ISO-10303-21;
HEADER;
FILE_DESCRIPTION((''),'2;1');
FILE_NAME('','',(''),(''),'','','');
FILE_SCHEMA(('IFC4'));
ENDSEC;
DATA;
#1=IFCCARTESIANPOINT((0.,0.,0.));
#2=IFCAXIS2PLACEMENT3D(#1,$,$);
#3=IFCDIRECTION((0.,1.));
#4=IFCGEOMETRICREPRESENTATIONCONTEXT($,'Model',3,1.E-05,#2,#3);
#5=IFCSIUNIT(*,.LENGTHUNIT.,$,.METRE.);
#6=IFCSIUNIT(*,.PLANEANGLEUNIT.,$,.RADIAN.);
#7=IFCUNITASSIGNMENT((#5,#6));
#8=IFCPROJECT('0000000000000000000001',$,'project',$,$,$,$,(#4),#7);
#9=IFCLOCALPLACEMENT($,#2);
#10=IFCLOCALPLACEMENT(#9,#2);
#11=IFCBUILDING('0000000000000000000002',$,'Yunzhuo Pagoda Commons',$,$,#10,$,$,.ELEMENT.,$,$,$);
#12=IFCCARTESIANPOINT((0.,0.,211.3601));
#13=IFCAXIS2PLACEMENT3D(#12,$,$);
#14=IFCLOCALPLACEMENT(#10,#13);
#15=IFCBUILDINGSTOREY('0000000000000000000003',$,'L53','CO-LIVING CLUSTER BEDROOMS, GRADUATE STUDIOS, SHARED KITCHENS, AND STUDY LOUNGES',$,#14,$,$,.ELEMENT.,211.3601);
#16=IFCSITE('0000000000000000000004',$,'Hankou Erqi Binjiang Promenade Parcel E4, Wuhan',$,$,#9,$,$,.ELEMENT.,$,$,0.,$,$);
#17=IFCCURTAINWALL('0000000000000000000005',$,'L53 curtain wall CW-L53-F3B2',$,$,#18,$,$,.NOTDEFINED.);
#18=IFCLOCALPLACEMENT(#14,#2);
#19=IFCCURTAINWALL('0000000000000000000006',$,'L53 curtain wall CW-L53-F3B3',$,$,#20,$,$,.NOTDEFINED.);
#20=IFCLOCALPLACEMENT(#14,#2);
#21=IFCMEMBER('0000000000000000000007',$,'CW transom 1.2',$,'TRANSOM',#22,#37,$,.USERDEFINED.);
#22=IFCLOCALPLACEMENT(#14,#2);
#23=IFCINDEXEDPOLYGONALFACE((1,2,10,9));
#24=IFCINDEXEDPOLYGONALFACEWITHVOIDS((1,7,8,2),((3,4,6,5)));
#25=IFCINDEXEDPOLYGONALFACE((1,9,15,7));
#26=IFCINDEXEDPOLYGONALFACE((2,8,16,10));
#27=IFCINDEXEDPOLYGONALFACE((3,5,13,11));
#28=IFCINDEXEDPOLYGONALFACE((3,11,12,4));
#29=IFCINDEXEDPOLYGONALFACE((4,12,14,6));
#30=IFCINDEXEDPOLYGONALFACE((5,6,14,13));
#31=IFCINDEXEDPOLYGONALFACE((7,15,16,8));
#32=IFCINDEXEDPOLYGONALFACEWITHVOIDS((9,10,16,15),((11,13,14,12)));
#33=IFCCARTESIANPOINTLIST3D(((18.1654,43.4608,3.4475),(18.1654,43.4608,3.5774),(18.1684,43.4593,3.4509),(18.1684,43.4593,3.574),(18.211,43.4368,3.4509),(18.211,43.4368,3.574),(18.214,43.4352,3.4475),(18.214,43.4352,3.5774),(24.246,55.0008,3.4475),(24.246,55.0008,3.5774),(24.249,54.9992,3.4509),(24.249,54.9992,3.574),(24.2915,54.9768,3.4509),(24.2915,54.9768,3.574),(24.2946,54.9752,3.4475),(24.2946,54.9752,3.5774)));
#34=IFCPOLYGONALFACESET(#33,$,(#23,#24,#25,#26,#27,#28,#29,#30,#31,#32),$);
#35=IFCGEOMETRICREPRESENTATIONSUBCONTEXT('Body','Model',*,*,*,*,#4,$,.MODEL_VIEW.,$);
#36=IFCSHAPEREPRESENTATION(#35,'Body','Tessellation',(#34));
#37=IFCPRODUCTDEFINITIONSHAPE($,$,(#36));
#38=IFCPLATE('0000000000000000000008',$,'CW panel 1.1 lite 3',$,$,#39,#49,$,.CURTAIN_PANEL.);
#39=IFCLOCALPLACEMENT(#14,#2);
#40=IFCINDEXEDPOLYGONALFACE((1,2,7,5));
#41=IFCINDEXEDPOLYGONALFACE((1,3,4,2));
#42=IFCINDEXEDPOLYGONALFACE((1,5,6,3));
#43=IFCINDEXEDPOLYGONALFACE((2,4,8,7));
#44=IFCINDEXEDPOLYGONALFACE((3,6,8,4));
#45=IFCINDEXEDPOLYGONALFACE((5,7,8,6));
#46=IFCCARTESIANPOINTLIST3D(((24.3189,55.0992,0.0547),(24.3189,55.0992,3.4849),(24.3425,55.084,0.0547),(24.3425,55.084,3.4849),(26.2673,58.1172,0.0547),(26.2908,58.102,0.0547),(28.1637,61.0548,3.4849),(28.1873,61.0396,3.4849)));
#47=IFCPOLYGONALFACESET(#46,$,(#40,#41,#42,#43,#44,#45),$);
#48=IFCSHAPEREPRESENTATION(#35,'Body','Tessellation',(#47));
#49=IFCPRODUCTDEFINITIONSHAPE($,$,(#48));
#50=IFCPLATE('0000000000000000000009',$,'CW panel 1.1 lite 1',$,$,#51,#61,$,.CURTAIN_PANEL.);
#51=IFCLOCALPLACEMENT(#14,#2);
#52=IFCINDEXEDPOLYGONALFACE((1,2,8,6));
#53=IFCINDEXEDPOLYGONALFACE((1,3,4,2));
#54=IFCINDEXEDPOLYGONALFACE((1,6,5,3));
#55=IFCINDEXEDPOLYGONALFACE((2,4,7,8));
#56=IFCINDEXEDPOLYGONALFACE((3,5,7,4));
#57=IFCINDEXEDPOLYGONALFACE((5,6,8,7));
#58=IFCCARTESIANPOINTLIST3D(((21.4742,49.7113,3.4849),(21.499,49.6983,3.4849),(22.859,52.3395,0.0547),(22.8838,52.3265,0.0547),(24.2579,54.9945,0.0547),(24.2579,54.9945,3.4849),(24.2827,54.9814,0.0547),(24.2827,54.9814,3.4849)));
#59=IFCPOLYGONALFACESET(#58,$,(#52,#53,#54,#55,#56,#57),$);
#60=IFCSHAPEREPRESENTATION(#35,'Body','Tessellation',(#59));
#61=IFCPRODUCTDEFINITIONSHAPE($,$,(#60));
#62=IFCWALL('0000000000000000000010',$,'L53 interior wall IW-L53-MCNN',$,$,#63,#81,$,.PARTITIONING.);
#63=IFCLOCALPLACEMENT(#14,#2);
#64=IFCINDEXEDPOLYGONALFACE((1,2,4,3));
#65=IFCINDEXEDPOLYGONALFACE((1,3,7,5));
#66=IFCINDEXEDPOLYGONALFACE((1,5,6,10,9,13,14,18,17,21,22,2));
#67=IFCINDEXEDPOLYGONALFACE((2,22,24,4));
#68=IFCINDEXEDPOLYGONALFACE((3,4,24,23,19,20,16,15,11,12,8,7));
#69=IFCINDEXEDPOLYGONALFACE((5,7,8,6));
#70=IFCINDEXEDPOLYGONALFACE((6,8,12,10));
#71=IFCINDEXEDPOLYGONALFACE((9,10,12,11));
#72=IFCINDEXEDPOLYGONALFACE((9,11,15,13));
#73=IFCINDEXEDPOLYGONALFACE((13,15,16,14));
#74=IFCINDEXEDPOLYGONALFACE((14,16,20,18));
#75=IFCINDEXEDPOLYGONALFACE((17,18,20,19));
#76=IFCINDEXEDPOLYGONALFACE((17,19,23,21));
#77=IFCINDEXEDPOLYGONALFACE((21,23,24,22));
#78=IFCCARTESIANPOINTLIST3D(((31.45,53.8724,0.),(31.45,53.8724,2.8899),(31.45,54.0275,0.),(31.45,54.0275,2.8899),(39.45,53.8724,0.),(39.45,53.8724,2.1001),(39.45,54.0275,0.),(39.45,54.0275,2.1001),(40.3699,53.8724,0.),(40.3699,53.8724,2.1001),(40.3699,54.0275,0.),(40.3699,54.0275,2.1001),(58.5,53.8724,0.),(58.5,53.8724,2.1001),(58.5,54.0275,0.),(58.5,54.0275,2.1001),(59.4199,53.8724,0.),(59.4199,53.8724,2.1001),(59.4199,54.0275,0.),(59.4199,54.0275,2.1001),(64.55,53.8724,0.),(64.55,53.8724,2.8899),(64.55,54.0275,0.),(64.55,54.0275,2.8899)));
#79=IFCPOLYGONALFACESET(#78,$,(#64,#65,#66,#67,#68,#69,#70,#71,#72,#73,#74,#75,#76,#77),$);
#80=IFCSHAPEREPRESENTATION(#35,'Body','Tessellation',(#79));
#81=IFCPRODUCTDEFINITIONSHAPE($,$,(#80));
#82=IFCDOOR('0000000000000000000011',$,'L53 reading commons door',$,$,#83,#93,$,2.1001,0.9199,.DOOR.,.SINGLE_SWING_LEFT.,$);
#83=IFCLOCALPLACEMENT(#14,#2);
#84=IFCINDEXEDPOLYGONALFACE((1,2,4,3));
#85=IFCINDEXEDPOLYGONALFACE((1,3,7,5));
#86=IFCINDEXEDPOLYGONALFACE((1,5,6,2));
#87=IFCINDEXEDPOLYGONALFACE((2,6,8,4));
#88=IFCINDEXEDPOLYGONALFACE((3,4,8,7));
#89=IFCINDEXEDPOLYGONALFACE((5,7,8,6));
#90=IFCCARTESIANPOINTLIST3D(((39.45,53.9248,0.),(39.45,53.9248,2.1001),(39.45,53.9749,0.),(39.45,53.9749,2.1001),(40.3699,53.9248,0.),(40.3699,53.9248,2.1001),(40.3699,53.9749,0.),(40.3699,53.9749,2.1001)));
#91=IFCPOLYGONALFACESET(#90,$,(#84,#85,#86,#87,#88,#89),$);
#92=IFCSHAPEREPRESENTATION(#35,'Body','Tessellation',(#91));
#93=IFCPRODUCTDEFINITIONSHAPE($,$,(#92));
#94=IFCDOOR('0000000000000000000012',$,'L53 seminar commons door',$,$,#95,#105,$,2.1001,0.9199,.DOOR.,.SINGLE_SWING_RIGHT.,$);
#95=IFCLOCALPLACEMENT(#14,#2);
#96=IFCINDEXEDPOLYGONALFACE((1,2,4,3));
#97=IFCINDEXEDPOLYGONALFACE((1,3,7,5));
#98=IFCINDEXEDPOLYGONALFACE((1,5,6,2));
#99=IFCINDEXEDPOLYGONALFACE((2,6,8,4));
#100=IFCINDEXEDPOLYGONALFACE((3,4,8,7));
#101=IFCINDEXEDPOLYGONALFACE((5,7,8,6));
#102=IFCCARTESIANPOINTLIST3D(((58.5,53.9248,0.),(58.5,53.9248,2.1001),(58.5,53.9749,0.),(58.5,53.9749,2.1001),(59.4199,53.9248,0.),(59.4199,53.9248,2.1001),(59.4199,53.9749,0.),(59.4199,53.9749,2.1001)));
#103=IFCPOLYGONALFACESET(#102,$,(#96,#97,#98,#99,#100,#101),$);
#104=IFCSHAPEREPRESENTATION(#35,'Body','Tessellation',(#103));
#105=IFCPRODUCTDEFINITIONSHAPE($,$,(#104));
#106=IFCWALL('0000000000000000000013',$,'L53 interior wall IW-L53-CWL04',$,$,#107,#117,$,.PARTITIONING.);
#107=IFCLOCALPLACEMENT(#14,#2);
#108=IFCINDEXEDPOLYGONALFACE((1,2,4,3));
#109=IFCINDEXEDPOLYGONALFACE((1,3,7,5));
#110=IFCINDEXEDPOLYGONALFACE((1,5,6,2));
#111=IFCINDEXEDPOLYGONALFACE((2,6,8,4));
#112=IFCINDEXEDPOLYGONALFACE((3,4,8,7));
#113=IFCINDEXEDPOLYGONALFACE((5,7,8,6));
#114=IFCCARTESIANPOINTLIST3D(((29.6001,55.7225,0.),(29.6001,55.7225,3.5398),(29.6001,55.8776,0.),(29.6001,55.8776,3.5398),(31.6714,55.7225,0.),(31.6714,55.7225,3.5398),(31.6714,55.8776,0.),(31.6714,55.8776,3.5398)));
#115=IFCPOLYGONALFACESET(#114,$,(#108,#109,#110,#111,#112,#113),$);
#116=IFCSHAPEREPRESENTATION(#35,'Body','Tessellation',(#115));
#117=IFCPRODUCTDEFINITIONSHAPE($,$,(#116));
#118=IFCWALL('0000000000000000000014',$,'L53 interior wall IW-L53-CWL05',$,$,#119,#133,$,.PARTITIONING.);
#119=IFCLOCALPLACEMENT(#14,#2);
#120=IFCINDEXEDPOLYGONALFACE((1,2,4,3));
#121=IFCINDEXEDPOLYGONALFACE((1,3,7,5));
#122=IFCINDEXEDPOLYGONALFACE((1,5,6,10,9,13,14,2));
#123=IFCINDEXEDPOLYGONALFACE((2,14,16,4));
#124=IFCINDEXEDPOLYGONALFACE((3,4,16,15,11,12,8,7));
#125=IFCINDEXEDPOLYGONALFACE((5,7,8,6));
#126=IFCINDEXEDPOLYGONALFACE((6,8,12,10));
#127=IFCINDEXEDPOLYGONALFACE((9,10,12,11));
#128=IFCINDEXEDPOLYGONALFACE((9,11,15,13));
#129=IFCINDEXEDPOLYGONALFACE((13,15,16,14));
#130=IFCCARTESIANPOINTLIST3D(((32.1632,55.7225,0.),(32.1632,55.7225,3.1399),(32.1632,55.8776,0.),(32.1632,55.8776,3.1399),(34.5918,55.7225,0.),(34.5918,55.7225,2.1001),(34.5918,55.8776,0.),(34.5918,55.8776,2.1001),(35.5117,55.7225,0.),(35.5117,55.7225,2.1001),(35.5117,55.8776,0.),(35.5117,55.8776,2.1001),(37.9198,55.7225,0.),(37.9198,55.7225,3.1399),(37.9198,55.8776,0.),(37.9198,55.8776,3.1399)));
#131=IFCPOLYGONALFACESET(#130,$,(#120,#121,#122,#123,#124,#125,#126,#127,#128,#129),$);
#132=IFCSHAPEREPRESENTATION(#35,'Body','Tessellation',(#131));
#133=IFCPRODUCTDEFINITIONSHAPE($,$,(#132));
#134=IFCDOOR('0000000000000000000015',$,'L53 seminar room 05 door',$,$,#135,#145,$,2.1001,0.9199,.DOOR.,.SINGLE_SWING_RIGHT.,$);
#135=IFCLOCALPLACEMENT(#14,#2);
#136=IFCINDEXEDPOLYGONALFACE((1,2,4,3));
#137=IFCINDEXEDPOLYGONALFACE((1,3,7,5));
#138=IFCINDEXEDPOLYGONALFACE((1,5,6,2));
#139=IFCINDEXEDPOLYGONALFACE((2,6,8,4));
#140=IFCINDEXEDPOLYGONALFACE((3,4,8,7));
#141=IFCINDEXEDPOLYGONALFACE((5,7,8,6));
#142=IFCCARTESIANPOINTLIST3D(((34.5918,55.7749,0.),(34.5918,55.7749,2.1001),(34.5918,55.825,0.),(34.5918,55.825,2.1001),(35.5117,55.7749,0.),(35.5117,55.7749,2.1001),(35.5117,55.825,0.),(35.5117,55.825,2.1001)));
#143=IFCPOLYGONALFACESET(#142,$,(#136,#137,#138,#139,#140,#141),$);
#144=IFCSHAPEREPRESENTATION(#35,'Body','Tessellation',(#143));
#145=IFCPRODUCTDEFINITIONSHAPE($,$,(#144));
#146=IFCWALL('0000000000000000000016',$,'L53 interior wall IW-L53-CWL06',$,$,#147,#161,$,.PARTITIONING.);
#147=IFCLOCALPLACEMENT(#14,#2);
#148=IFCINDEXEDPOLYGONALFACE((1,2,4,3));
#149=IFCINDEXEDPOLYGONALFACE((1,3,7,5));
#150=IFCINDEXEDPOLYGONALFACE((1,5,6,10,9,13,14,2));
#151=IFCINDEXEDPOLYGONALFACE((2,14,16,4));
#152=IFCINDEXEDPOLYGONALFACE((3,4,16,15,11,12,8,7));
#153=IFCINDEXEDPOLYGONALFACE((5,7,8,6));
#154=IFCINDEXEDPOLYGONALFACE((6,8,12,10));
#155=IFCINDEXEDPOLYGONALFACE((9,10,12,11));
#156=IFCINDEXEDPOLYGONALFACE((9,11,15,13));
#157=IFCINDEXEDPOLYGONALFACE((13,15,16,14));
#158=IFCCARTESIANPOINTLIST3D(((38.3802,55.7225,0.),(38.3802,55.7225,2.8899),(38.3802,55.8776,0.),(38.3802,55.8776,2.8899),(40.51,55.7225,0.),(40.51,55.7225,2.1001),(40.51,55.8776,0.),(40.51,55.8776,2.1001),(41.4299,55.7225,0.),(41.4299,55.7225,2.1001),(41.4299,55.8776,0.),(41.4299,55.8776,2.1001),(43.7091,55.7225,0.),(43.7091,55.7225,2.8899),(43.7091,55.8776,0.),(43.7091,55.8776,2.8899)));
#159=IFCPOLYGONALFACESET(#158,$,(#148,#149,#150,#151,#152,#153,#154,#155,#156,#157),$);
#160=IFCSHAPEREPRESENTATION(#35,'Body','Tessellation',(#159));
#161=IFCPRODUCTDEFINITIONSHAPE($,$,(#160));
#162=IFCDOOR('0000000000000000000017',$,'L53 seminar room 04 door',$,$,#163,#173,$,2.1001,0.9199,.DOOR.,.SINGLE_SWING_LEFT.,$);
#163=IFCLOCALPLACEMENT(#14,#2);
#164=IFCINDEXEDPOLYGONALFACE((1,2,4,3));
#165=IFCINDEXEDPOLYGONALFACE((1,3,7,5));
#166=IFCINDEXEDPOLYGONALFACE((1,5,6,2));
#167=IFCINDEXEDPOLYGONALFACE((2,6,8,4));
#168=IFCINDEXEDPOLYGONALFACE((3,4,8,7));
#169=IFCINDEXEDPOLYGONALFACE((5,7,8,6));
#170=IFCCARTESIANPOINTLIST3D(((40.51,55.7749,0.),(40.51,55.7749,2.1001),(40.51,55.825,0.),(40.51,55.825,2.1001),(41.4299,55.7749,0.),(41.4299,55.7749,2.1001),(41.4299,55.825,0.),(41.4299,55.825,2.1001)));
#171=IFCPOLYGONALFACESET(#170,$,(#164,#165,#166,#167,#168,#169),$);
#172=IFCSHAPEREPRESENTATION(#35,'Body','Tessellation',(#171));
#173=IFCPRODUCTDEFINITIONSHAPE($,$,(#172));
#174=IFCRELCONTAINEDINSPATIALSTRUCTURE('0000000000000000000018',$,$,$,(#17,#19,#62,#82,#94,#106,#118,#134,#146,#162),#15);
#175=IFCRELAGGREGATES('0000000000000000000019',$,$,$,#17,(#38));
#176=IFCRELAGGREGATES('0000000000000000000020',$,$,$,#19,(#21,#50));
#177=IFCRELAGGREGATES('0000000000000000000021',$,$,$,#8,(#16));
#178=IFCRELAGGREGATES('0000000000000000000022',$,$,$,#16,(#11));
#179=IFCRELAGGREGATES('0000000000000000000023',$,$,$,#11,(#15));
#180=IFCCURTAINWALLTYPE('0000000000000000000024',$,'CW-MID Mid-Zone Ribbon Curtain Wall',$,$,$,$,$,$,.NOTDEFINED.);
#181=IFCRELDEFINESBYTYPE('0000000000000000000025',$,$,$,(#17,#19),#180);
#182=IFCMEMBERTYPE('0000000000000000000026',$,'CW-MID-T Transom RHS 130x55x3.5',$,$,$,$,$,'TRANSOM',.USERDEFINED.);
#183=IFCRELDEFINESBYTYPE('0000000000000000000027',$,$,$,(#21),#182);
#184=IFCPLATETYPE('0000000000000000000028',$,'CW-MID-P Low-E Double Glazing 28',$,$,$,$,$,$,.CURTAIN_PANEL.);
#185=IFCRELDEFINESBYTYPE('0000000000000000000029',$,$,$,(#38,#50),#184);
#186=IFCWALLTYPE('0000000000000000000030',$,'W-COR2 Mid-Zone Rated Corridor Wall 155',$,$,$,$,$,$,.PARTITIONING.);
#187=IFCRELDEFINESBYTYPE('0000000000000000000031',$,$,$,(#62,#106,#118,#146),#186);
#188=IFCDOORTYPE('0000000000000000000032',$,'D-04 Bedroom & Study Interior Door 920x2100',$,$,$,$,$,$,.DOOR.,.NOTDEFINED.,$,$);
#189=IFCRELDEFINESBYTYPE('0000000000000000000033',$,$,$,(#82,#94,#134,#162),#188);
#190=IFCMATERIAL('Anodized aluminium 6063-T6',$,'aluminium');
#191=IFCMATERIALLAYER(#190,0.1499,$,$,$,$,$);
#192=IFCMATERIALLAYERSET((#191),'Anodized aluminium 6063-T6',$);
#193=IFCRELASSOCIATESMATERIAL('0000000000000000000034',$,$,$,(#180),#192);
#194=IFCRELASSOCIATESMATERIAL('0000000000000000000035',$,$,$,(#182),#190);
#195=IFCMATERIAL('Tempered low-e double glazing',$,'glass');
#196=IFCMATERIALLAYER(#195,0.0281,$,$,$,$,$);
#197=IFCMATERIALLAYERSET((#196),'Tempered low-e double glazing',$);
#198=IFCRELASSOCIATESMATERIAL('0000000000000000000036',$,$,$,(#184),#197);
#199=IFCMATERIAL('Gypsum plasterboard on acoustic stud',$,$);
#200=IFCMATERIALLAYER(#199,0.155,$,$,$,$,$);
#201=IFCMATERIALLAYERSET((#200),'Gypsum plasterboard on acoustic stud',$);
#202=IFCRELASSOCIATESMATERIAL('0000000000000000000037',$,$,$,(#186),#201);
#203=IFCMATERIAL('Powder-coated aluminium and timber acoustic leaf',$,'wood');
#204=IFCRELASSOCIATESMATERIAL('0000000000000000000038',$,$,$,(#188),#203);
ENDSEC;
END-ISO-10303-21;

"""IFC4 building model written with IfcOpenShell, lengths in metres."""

from ifc_helpers import new_model, si_unit, direction, frame, frame_2d, origin, origin_with_axes, origin_2d, place, context, subcontext, project, spatial, polyline, rectangle, hollow_rectangle, outline, extrude, source, transform, mapped, material, layer, layer_set, material_profile, profile_set, type_object, element, fill, aggregate, save


model = new_model("IFC4")

# Units and contexts
model_context = context("Model", 3, precision=1e-05, world=origin(), true_north=direction((0.0, 1.0)))
body_context = subcontext(model_context, "Body", "Model", "MODEL_VIEW")
ifc_project = project(units=[si_unit("LENGTHUNIT", "METRE"), si_unit("PLANEANGLEUNIT", "RADIAN")], contexts=[model_context])

# Site, building, storey
site_placement = place(None, origin())
site = spatial("IfcSite", under=ifc_project, at=site_placement, Name="Hankou Erqi Binjiang Promenade Parcel E4, Wuhan", CompositionType="ELEMENT", RefElevation=0.0)
building_placement = place(site_placement, origin())
building = spatial("IfcBuilding", under=site, at=building_placement, Name="Yunzhuo Pagoda Commons", CompositionType="ELEMENT")
storey_placement = place(building_placement, frame((0.0, 0.0, 211.3601)))
storey = spatial("IfcBuildingStorey", under=building, at=storey_placement, Name="L53", Description="CO-LIVING CLUSTER BEDROOMS, GRADUATE STUDIOS, SHARED KITCHENS, AND STUDY LOUNGES", CompositionType="ELEMENT", Elevation=211.3601)

# Curtain wall
ifc_material_1 = material(Name="Anodized aluminium 6063-T6", Category="aluminium")
ifc_layer_1 = layer(ifc_material_1, 0.1499)
ifc_layer_set_1 = layer_set([ifc_layer_1], Name="Anodized aluminium 6063-T6")
curtain_wall_type = type_object("IfcCurtainWallType", Name="CW-MID Mid-Zone Ribbon Curtain Wall", PredefinedType="NOTDEFINED", material=ifc_layer_set_1)
curtain_wall_1_placement = place(storey_placement, origin())
curtain_wall_1 = element("IfcCurtainWall", 1, at=curtain_wall_1_placement, inside=storey, type_object=curtain_wall_type, Name="L53 curtain wall CW-L53-F3B2", PredefinedType="NOTDEFINED")

# Curtain wall, member
curtain_wall_2_placement = place(storey_placement, origin())
curtain_wall_2 = element("IfcCurtainWall", 2, at=curtain_wall_2_placement, inside=storey, type_object=curtain_wall_type, Name="L53 curtain wall CW-L53-F3B3", PredefinedType="NOTDEFINED")
ifc_material_profile_1 = material_profile(ifc_material_1, hollow_rectangle(XDim=0.0549, YDim=0.1299, WallThickness=0.0034, at=origin_2d()), Name="Anodized aluminium 6063-T6")
ifc_profile_set_1 = profile_set([ifc_material_profile_1], Name="Anodized aluminium 6063-T6")
member_type_1 = type_object("IfcMemberType", Name="CW-MID-T Transom RHS 130x55x3.5", ElementType="TRANSOM", PredefinedType="USERDEFINED", material=ifc_profile_set_1)
shared_shape_1 = source(origin(), body_context, "Body", "SweptSolid", [
    extrude(hollow_rectangle(XDim=0.0549, YDim=0.1299, WallThickness=0.0034, at=origin_2d()), origin(), (0.0, 0.0, 1.0), 13.0439),
])
member_1_placement = place(storey_placement, frame((24.2703, 54.988, 3.5125), z_axis=(-0.466158, -0.884701, 0.0), x_axis=(0.884701, -0.466158, 0.0)))
member_1 = element("IfcMember", 3, at=member_1_placement, type_object=member_type_1, Name="CW transom 1.2", ObjectType="TRANSOM", PredefinedType="USERDEFINED", context=body_context, shape_type="MappedRepresentation", body=[
    mapped(shared_shape_1, transform((0.0, 0.0, 0.0), scale=1.0)),
])

# Plates
ifc_material_2 = material(Name="Tempered low-e double glazing", Category="glass")
ifc_layer_2 = layer(ifc_material_2, 0.0281)
ifc_layer_set_2 = layer_set([ifc_layer_2], Name="Tempered low-e double glazing")
plate_type = type_object("IfcPlateType", Name="CW-MID-P Low-E Double Glazing 28", PredefinedType="CURTAIN_PANEL", material=ifc_layer_set_2)
plate_1_placement = place(storey_placement, frame((26.2649, 58.0618, 1.7698), z_axis=(-0.840138, 0.542372, 0.0), x_axis=(-0.542372, -0.840138, 0.0)))
plate_1 = element("IfcPlate", 4, at=plate_1_placement, type_object=plate_type, Name="CW panel 1.1 lite 3", PredefinedType="CURTAIN_PANEL", context=body_context, shape_type="SweptSolid", body=[
    extrude(outline(polyline([(-3.5444, 1.7151), (-0.0479, -1.7151), (3.5444, -1.7151), (3.5444, 1.7151), (-3.5444, 1.7151)])), origin(), (0.0, 0.0, 1.0), 0.0281),
])
aggregate(curtain_wall_1, [plate_1])
plate_2_placement = place(storey_placement, frame((22.8909, 52.3398, 1.7698), z_axis=(-0.884705, 0.466152, 0.0), x_axis=(-0.466152, -0.884705, 0.0)))
plate_2 = element("IfcPlate", 5, at=plate_2_placement, type_object=plate_type, Name="CW panel 1.1 lite 1", PredefinedType="CURTAIN_PANEL", context=body_context, shape_type="SweptSolid", body=[
    extrude(outline(polyline([(-2.9858, -1.7151), (0.0151, -1.7151), (2.9858, 1.7151), (-2.9858, 1.7151), (-2.9858, -1.7151)])), origin(), (0.0, 0.0, 1.0), 0.0281),
])
aggregate(curtain_wall_2, [member_1, plate_2])

# Wall, openings, doors
ifc_material_3 = material(Name="Gypsum plasterboard on acoustic stud")
ifc_layer_3 = layer(ifc_material_3, 0.155)
ifc_layer_set_3 = layer_set([ifc_layer_3], Name="Gypsum plasterboard on acoustic stud")
wall_type_1 = type_object("IfcWallType", Name="W-COR2 Mid-Zone Rated Corridor Wall 155", PredefinedType="PARTITIONING", material=ifc_layer_set_3)
wall_1_placement = place(storey_placement, frame((31.45, 53.95, 0.0), z_axis=(0.0, 0.0, 1.0), x_axis=(1.0, 0.0, 0.0)))
wall_1 = element("IfcWall", 6, at=wall_1_placement, inside=storey, type_object=wall_type_1, Name="L53 interior wall IW-L53-MCNN", PredefinedType="PARTITIONING", context=body_context, shape_type="SweptSolid", body=[
    extrude(rectangle(XDim=33.1001, YDim=0.155, at=frame_2d((16.55, 0.0))), origin(), (0.0, 0.0, 1.0), 2.8899),
])
opening_1_placement = place(wall_1_placement, frame((8.0, 0.0, 0.0)))
opening_1 = element("IfcOpeningElement", 7, at=opening_1_placement, cuts=wall_1, PredefinedType="OPENING", context=body_context, shape_type="SweptSolid", body=[
    extrude(rectangle(XDim=0.9199, YDim=2.1001, at=frame_2d((0.46, 1.05))), frame((0.0, 0.0874, 0.0), z_axis=(0.0, -1.0, 0.0), x_axis=(1.0, 0.0, 0.0)), (0.0, 0.0, 1.0), 0.175),
])
opening_2_placement = place(wall_1_placement, frame((27.05, 0.0, 0.0)))
opening_2 = element("IfcOpeningElement", 8, at=opening_2_placement, cuts=wall_1, PredefinedType="OPENING", context=body_context, shape_type="SweptSolid", body=[
    extrude(rectangle(XDim=0.9199, YDim=2.1001, at=frame_2d((0.46, 1.05))), frame((0.0, 0.0874, 0.0), z_axis=(0.0, -1.0, 0.0), x_axis=(1.0, 0.0, 0.0)), (0.0, 0.0, 1.0), 0.175),
])
ifc_material_4 = material(Name="Powder-coated aluminium and timber acoustic leaf", Category="wood")
door_type_1 = type_object("IfcDoorType", Name="D-04 Bedroom & Study Interior Door 920x2100", OperationType="NOTDEFINED", PredefinedType="DOOR", material=ifc_material_4)
shared_shape_2 = source(origin(), body_context, "Body", "SweptSolid", [
    extrude(rectangle(XDim=0.9199, YDim=2.1001, at=frame_2d((0.46, 1.05))), frame((0.0, 0.0249, 0.0), z_axis=(0.0, -1.0, 0.0), x_axis=(1.0, 0.0, 0.0)), (0.0, 0.0, 1.0), 0.05),
])
door_1_placement = place(opening_1_placement, origin_with_axes())
door_1 = element("IfcDoor", 9, at=door_1_placement, inside=storey, type_object=door_type_1, Name="L53 reading commons door", OperationType="SINGLE_SWING_LEFT", OverallHeight=2.1001, OverallWidth=0.9199, PredefinedType="DOOR", context=body_context, shape_type="MappedRepresentation", body=[
    mapped(shared_shape_2, transform((0.0, 0.0, 0.0), scale=1.0)),
])
fill(opening_1, door_1)
door_2_placement = place(opening_2_placement, origin_with_axes())
door_2 = element("IfcDoor", 10, at=door_2_placement, inside=storey, type_object=door_type_1, Name="L53 seminar commons door", OperationType="SINGLE_SWING_RIGHT", OverallHeight=2.1001, OverallWidth=0.9199, PredefinedType="DOOR", context=body_context, shape_type="MappedRepresentation", body=[
    mapped(shared_shape_2, transform((0.0, 0.0, 0.0), scale=1.0)),
])
fill(opening_2, door_2)

# Wall
wall_2_placement = place(storey_placement, frame((29.6001, 55.8, 0.0), z_axis=(0.0, 0.0, 1.0), x_axis=(1.0, 0.0, 0.0)))
element("IfcWall", 11, at=wall_2_placement, inside=storey, type_object=wall_type_1, Name="L53 interior wall IW-L53-CWL04", PredefinedType="PARTITIONING", context=body_context, shape_type="SweptSolid", body=[
    extrude(rectangle(XDim=2.0713, YDim=0.155, at=frame_2d((1.0356, 0.0))), origin(), (0.0, 0.0, 1.0), 3.5398),
])

# Walls, openings, doors
wall_3_placement = place(storey_placement, frame((32.1631, 55.8, 0.0), z_axis=(0.0, 0.0, 1.0), x_axis=(1.0, 0.0, 0.0)))
wall_3 = element("IfcWall", 12, at=wall_3_placement, inside=storey, type_object=wall_type_1, Name="L53 interior wall IW-L53-CWL05", PredefinedType="PARTITIONING", context=body_context, shape_type="SweptSolid", body=[
    extrude(rectangle(XDim=5.7566, YDim=0.155, at=frame_2d((2.8784, 0.0))), origin(), (0.0, 0.0, 1.0), 3.1399),
])
opening_3_placement = place(wall_3_placement, frame((2.4287, 0.0, 0.0)))
opening_3 = element("IfcOpeningElement", 13, at=opening_3_placement, cuts=wall_3, PredefinedType="OPENING", context=body_context, shape_type="SweptSolid", body=[
    extrude(rectangle(XDim=0.9199, YDim=2.1001, at=frame_2d((0.46, 1.05))), frame((0.0, 0.0874, 0.0), z_axis=(0.0, -1.0, 0.0), x_axis=(1.0, 0.0, 0.0)), (0.0, 0.0, 1.0), 0.175),
])
door_3_placement = place(opening_3_placement, origin_with_axes())
door_3 = element("IfcDoor", 14, at=door_3_placement, inside=storey, type_object=door_type_1, Name="L53 seminar room 05 door", OperationType="SINGLE_SWING_RIGHT", OverallHeight=2.1001, OverallWidth=0.9199, PredefinedType="DOOR", context=body_context, shape_type="MappedRepresentation", body=[
    mapped(shared_shape_2, transform((0.0, 0.0, 0.0), scale=1.0)),
])
fill(opening_3, door_3)
wall_4_placement = place(storey_placement, frame((38.3801, 55.8, 0.0), z_axis=(0.0, 0.0, 1.0), x_axis=(1.0, 0.0, 0.0)))
wall_4 = element("IfcWall", 15, at=wall_4_placement, inside=storey, type_object=wall_type_1, Name="L53 interior wall IW-L53-CWL06", PredefinedType="PARTITIONING", context=body_context, shape_type="SweptSolid", body=[
    extrude(rectangle(XDim=5.3289, YDim=0.155, at=frame_2d((2.6646, 0.0))), origin(), (0.0, 0.0, 1.0), 2.8899),
])
opening_4_placement = place(wall_4_placement, frame((2.1299, 0.0, 0.0)))
opening_4 = element("IfcOpeningElement", 16, at=opening_4_placement, cuts=wall_4, PredefinedType="OPENING", context=body_context, shape_type="SweptSolid", body=[
    extrude(rectangle(XDim=0.9199, YDim=2.1001, at=frame_2d((0.46, 1.05))), frame((0.0, 0.0874, 0.0), z_axis=(0.0, -1.0, 0.0), x_axis=(1.0, 0.0, 0.0)), (0.0, 0.0, 1.0), 0.175),
])
door_4_placement = place(opening_4_placement, origin_with_axes())
door_4 = element("IfcDoor", 17, at=door_4_placement, inside=storey, type_object=door_type_1, Name="L53 seminar room 04 door", OperationType="SINGLE_SWING_LEFT", OverallHeight=2.1001, OverallWidth=0.9199, PredefinedType="DOOR", context=body_context, shape_type="MappedRepresentation", body=[
    mapped(shared_shape_2, transform((0.0, 0.0, 0.0), scale=1.0)),
])
fill(opening_4, door_4)

save(model, "model.ifc")
